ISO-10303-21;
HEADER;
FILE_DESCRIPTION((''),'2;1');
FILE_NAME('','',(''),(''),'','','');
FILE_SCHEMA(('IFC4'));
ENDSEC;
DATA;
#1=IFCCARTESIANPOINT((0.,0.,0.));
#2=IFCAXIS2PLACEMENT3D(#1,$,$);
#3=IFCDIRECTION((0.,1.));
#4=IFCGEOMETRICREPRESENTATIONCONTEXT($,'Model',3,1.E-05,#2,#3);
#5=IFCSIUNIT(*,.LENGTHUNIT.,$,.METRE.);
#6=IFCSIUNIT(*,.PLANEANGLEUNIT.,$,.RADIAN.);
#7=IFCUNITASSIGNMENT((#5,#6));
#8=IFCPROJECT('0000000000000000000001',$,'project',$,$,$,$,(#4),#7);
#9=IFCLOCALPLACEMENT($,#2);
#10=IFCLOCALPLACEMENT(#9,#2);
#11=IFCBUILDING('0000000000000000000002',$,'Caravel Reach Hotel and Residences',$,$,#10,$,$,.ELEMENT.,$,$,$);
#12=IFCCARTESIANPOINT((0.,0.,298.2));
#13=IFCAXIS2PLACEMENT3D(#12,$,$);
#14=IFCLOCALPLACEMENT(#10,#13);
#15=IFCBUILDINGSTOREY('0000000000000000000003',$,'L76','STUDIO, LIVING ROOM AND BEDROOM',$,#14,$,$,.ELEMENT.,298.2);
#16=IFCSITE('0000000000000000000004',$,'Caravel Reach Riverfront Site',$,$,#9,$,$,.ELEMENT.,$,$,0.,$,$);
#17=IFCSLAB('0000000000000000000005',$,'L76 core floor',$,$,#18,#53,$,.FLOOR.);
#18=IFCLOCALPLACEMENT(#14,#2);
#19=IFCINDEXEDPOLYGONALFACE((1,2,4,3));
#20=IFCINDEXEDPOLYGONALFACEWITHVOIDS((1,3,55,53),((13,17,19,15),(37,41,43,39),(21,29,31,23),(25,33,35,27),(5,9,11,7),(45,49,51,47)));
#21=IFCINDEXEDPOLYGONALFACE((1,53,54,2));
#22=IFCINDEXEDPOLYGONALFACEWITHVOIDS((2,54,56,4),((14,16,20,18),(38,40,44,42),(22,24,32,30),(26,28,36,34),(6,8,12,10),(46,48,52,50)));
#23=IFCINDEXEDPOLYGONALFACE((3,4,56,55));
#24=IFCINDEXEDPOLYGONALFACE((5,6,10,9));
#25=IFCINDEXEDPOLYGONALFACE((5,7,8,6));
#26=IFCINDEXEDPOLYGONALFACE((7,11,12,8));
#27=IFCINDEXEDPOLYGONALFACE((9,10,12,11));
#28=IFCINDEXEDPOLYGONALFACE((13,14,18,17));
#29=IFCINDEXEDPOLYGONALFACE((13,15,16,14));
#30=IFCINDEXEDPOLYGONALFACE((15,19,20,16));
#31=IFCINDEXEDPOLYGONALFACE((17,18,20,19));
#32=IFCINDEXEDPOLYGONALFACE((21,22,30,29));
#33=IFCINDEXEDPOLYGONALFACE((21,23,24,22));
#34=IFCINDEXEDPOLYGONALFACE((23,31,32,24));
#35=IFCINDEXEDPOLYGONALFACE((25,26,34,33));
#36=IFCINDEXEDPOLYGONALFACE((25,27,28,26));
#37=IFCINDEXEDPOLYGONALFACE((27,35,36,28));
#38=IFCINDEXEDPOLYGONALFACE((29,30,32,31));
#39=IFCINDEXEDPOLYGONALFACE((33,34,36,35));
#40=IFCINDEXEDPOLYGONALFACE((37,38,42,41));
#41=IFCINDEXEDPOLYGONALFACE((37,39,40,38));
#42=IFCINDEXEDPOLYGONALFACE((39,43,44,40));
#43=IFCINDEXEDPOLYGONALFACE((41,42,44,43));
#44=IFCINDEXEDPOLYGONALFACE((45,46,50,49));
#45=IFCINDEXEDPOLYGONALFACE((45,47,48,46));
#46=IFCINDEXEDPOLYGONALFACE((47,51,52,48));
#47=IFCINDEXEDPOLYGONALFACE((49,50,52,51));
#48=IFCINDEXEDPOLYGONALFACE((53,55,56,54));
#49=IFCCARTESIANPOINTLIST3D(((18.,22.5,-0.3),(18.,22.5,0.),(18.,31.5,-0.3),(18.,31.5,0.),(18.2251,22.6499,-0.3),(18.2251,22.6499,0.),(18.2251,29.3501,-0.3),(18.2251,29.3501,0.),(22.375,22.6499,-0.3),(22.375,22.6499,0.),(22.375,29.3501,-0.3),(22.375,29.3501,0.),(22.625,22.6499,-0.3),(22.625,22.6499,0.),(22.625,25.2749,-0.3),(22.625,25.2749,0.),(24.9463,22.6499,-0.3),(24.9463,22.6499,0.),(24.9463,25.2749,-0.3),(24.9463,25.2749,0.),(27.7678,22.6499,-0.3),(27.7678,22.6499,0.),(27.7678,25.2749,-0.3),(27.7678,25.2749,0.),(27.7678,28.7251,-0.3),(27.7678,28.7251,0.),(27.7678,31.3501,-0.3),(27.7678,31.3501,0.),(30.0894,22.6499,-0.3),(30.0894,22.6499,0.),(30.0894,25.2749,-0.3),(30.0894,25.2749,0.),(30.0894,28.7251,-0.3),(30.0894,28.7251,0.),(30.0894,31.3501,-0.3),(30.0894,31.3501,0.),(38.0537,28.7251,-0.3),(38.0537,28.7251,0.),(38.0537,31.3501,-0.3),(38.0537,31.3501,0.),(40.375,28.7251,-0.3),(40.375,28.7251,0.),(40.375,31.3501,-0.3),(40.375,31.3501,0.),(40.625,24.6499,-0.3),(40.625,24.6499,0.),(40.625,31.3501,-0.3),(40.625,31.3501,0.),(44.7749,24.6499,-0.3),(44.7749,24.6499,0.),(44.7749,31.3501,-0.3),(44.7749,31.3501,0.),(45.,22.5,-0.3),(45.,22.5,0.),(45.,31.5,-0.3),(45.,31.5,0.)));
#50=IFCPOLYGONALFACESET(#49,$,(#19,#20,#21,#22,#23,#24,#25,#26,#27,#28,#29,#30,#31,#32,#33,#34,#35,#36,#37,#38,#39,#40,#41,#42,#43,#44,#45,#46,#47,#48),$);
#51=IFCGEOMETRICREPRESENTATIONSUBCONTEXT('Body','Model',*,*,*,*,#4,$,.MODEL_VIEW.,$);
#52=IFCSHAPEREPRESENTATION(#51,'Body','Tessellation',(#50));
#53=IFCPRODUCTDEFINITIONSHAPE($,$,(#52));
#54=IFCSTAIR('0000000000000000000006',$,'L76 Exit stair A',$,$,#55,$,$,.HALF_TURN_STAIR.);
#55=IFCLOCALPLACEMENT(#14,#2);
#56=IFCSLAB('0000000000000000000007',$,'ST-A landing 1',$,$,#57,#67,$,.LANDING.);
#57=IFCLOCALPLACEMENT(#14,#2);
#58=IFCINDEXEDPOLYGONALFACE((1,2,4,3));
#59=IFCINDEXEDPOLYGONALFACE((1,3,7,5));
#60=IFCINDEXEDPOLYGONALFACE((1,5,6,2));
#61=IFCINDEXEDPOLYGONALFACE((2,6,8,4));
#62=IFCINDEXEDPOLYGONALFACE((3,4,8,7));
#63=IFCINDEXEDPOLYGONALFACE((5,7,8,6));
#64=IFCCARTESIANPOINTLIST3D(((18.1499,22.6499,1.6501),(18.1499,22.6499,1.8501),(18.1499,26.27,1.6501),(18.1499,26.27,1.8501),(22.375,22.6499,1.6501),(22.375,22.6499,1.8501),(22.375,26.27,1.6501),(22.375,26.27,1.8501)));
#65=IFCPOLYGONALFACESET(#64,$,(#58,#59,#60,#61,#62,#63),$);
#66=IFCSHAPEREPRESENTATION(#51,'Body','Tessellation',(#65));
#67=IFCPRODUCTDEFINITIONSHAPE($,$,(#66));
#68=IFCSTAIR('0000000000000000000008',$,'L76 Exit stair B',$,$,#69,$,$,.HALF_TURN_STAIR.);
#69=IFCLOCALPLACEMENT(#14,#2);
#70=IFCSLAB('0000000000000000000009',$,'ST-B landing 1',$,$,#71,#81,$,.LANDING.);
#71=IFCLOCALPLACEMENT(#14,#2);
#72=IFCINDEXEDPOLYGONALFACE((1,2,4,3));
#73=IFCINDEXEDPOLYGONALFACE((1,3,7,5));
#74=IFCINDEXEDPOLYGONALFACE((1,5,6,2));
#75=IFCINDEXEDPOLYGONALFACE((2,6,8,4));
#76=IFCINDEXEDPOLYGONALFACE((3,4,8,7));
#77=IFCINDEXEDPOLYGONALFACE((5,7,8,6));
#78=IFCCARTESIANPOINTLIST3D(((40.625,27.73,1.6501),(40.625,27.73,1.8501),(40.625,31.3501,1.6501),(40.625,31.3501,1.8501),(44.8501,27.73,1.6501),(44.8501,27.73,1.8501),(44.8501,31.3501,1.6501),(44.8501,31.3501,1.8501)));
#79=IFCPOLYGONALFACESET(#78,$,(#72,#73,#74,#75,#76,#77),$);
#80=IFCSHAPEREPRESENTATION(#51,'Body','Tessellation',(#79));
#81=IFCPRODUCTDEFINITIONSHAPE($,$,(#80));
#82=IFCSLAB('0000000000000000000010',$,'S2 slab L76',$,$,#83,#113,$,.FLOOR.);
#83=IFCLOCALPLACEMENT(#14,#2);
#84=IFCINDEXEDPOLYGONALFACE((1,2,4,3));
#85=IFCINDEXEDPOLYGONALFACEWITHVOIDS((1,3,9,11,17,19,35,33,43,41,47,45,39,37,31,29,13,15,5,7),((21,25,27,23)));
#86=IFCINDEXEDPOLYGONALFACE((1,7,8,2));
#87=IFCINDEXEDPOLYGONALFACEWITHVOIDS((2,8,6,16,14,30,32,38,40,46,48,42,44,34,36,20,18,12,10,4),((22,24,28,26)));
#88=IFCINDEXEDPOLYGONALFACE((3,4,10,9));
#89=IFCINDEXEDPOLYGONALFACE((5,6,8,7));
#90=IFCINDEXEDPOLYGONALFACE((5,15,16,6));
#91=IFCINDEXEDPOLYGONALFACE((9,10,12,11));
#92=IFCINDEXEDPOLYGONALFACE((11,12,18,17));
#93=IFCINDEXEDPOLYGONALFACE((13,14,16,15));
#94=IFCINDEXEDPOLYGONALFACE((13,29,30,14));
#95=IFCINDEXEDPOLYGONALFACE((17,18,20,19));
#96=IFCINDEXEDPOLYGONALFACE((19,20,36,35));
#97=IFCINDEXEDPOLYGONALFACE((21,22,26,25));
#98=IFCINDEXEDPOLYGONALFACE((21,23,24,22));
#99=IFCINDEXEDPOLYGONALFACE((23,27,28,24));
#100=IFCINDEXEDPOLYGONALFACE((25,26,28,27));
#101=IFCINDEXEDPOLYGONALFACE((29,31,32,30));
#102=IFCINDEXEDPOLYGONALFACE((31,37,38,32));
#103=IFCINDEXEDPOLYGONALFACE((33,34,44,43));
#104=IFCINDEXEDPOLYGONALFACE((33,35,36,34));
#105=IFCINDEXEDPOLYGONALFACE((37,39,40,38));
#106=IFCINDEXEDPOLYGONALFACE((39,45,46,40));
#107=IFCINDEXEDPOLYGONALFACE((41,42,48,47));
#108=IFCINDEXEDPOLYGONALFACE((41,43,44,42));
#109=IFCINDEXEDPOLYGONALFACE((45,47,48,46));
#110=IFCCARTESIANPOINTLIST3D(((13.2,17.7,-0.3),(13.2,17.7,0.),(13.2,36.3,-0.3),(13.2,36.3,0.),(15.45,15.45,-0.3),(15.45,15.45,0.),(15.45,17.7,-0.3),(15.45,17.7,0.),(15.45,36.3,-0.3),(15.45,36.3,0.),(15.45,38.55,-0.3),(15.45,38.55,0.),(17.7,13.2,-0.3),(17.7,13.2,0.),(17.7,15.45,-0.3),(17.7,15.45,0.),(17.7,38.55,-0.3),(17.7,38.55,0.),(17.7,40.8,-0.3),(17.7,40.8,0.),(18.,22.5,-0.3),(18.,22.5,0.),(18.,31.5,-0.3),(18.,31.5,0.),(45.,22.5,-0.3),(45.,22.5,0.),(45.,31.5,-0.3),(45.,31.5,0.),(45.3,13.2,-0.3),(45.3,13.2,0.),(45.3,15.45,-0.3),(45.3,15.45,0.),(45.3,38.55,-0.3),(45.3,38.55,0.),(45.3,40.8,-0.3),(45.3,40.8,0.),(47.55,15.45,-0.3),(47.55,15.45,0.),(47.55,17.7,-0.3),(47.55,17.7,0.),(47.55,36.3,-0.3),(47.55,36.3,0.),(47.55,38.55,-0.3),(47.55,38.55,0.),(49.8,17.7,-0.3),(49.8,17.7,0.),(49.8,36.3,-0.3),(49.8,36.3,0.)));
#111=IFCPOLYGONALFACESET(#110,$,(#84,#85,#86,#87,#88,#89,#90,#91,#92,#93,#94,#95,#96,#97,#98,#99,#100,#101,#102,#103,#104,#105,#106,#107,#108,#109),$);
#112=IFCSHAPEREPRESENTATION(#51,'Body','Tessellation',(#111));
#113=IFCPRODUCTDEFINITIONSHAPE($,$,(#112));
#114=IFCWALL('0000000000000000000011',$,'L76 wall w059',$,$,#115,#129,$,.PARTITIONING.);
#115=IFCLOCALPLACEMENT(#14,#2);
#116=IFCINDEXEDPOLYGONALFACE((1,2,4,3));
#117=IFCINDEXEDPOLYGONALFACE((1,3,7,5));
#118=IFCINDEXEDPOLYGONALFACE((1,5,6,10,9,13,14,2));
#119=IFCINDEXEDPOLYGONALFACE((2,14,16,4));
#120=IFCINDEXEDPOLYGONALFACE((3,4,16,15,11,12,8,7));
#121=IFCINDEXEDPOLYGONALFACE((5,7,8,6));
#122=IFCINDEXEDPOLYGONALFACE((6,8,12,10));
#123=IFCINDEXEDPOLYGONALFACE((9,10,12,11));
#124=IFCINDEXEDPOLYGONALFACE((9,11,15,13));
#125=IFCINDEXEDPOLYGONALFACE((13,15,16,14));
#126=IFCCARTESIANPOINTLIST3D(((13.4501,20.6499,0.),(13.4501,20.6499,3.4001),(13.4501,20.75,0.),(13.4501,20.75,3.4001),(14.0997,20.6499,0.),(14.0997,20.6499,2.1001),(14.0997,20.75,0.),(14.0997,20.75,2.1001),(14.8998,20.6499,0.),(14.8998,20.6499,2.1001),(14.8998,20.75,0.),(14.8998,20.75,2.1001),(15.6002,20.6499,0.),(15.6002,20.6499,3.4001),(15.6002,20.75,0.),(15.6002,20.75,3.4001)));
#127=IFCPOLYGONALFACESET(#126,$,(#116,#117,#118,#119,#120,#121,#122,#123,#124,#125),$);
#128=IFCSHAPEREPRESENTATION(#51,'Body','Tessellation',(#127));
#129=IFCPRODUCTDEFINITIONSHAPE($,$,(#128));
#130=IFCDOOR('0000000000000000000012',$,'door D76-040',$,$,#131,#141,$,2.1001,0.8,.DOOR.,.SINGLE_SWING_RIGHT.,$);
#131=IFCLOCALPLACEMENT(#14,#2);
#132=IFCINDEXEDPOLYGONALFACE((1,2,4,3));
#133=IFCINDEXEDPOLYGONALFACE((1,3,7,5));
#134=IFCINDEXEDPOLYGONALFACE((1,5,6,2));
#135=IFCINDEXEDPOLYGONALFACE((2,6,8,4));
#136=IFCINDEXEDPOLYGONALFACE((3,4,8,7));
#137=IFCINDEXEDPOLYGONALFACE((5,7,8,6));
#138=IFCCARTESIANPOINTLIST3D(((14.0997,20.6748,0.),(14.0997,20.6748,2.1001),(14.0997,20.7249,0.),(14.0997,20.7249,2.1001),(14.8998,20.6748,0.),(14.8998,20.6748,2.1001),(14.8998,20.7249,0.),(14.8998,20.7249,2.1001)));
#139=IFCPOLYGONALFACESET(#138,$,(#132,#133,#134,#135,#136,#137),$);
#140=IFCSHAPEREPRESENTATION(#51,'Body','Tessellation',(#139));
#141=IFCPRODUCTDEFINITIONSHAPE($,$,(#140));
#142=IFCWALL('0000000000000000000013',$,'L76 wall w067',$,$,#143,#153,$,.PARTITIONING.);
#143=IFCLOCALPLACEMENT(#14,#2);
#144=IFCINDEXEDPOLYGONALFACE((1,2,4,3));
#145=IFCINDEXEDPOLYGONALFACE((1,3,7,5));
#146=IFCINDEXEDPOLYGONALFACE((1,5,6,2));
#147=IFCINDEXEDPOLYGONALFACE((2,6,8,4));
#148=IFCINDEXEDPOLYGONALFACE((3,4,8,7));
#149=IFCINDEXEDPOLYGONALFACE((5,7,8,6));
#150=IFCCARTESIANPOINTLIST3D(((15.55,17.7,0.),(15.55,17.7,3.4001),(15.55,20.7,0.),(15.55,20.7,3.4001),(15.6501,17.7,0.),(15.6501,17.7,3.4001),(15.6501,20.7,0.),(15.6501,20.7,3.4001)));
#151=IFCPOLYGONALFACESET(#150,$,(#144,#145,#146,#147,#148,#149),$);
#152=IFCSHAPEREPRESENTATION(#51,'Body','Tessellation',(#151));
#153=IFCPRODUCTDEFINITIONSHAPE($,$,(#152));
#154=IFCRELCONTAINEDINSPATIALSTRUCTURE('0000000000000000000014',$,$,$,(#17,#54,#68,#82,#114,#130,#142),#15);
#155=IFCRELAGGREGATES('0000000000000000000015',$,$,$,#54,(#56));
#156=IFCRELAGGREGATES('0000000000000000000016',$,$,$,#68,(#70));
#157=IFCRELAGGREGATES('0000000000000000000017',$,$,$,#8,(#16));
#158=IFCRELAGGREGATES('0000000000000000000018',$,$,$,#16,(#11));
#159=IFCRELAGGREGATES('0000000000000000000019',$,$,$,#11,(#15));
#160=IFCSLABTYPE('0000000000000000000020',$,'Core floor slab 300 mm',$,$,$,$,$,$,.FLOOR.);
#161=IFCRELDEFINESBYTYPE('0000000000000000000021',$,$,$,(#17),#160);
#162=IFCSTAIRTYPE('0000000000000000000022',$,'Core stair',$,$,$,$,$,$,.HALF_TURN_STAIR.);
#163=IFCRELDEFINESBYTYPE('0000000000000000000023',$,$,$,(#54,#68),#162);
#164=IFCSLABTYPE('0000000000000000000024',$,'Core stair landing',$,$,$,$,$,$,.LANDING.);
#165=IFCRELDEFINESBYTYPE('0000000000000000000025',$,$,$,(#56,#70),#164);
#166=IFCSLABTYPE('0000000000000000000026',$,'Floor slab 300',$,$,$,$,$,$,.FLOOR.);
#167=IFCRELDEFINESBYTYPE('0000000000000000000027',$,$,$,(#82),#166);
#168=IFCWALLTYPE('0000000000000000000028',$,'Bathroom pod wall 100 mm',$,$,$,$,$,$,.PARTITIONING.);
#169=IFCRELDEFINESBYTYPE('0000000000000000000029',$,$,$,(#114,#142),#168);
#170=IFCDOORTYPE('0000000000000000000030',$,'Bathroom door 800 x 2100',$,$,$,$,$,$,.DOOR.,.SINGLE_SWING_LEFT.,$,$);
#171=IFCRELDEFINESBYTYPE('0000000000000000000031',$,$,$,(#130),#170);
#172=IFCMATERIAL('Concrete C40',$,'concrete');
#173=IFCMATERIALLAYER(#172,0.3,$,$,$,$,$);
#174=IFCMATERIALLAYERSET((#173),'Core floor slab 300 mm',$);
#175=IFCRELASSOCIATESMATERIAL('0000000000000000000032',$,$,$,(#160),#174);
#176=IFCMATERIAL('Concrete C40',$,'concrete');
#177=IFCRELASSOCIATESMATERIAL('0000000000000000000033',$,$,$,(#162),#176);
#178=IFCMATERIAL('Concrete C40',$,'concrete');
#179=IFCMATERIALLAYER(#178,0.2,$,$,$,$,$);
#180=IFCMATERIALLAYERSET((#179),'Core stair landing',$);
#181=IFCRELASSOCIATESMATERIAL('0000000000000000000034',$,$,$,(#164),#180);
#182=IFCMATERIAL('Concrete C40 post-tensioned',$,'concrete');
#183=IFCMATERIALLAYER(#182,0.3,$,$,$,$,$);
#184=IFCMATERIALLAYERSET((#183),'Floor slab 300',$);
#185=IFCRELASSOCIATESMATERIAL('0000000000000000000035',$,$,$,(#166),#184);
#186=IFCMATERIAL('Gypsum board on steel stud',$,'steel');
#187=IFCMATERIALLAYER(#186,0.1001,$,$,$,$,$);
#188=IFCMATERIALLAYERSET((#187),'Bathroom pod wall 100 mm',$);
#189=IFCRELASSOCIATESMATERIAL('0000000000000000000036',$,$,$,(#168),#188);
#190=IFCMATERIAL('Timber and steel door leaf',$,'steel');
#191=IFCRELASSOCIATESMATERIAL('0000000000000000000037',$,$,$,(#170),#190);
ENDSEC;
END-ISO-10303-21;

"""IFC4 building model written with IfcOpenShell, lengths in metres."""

from ifc_helpers import new_model, si_unit, direction, frame, frame_2d, origin, place, context, subcontext, project, spatial, polyline, rectangle, outline, extrude, material, layer, layer_set, type_object, element, fill, aggregate, save


model = new_model("IFC4")

# Units and contexts
model_context = context("Model", 3, precision=1e-05, world=origin(), true_north=direction((0.0, 1.0)))
body_context = subcontext(model_context, "Body", "Model", "MODEL_VIEW")
ifc_project = project(units=[si_unit("LENGTHUNIT", "METRE"), si_unit("PLANEANGLEUNIT", "RADIAN")], contexts=[model_context])

# Site, building, storey
site_placement = place(None, origin())
site = spatial("IfcSite", under=ifc_project, at=site_placement, Name="Caravel Reach Riverfront Site", CompositionType="ELEMENT", RefElevation=0.0)
building_placement = place(site_placement, origin())
building = spatial("IfcBuilding", under=site, at=building_placement, Name="Caravel Reach Hotel and Residences", CompositionType="ELEMENT")
storey_placement = place(building_placement, frame((0.0, 0.0, 298.2)))
storey = spatial("IfcBuildingStorey", under=building, at=storey_placement, Name="L76", Description="STUDIO, LIVING ROOM AND BEDROOM", CompositionType="ELEMENT", Elevation=298.2)

# Slab
ifc_material_1 = material(Name="Concrete C40", Category="concrete")
ifc_layer_1 = layer(ifc_material_1, 0.3)
ifc_layer_set_1 = layer_set([ifc_layer_1], Name="Core floor slab 300 mm")
slab_type_1 = type_object("IfcSlabType", Name="Core floor slab 300 mm", PredefinedType="FLOOR", material=ifc_layer_set_1)
slab_1_placement = place(storey_placement, frame((0.0, 0.0, -0.3)))
element("IfcSlab", 1, at=slab_1_placement, inside=storey, type_object=slab_type_1, Name="L76 core floor", PredefinedType="FLOOR", context=body_context, shape_type="SweptSolid", body=[
    extrude(outline(polyline([(18.0, 31.5), (45.0, 31.5), (45.0, 22.5), (18.0, 22.5), (18.0, 31.5)]), holes=[polyline([(22.625, 22.6499), (24.9463, 22.6499), (24.9463, 25.2749), (22.625, 25.2749), (22.625, 22.6499)]), polyline([(27.7678, 25.2749), (27.7678, 22.6499), (30.0894, 22.6499), (30.0894, 25.2749), (27.7678, 25.2749)]), polyline([(22.375, 22.6499), (22.375, 29.3501), (18.2251, 29.3501), (18.2251, 22.6499), (22.375, 22.6499)]), polyline([(40.625, 24.6499), (44.7749, 24.6499), (44.7749, 31.3501), (40.625, 31.3501), (40.625, 24.6499)]), polyline([(27.7678, 31.3501), (27.7678, 28.7251), (30.0894, 28.7251), (30.0894, 31.3501), (27.7678, 31.3501)]), polyline([(38.0537, 31.3501), (38.0537, 28.7251), (40.375, 28.7251), (40.375, 31.3501), (38.0537, 31.3501)])]), origin(), (0.0, 0.0, 1.0), 0.3),
])

# Stairs, slabs
ifc_material_2 = material(Name="Concrete C40", Category="concrete")
stair_type = type_object("IfcStairType", Name="Core stair", PredefinedType="HALF_TURN_STAIR", material=ifc_material_2)
stair_1_placement = place(storey_placement, origin())
stair_1 = element("IfcStair", 2, at=stair_1_placement, inside=storey, type_object=stair_type, Name="L76 Exit stair A", PredefinedType="HALF_TURN_STAIR")
ifc_material_3 = material(Name="Concrete C40", Category="concrete")
ifc_layer_2 = layer(ifc_material_3, 0.2)
ifc_layer_set_2 = layer_set([ifc_layer_2], Name="Core stair landing")
slab_type_2 = type_object("IfcSlabType", Name="Core stair landing", PredefinedType="LANDING", material=ifc_layer_set_2)
slab_2_placement = place(storey_placement, frame((0.0, 0.0, 1.6501)))
slab_2 = element("IfcSlab", 3, at=slab_2_placement, type_object=slab_type_2, Name="ST-A landing 1", PredefinedType="LANDING", context=body_context, shape_type="SweptSolid", body=[
    extrude(outline(polyline([(18.1499, 26.27), (18.1499, 22.6499), (22.375, 22.6499), (22.375, 26.27), (18.1499, 26.27)])), origin(), (0.0, 0.0, 1.0), 0.2),
])
aggregate(stair_1, [slab_2])
stair_2_placement = place(storey_placement, origin())
stair_2 = element("IfcStair", 4, at=stair_2_placement, inside=storey, type_object=stair_type, Name="L76 Exit stair B", PredefinedType="HALF_TURN_STAIR")
slab_3_placement = place(storey_placement, frame((0.0, 0.0, 1.6501)))
slab_3 = element("IfcSlab", 5, at=slab_3_placement, type_object=slab_type_2, Name="ST-B landing 1", PredefinedType="LANDING", context=body_context, shape_type="SweptSolid", body=[
    extrude(outline(polyline([(44.8501, 27.73), (44.8501, 31.3501), (40.625, 31.3501), (40.625, 27.73), (44.8501, 27.73)])), origin(), (0.0, 0.0, 1.0), 0.2),
])
aggregate(stair_2, [slab_3])

# Slab
ifc_material_4 = material(Name="Concrete C40 post-tensioned", Category="concrete")
ifc_layer_3 = layer(ifc_material_4, 0.3)
ifc_layer_set_3 = layer_set([ifc_layer_3], Name="Floor slab 300")
slab_type_3 = type_object("IfcSlabType", Name="Floor slab 300", PredefinedType="FLOOR", material=ifc_layer_set_3)
slab_4_placement = place(storey_placement, frame((0.0, 0.0, -0.3)))
element("IfcSlab", 6, at=slab_4_placement, inside=storey, type_object=slab_type_3, Name="S2 slab L76", PredefinedType="FLOOR", context=body_context, shape_type="SweptSolid", body=[
    extrude(outline(polyline([(17.7, 15.45), (15.45, 15.45), (15.45, 17.7), (13.2, 17.7), (13.2, 36.3), (15.45, 36.3), (15.45, 38.55), (17.7, 38.55), (17.7, 40.8), (45.3, 40.8), (45.3, 38.55), (47.55, 38.55), (47.55, 36.3), (49.8, 36.3), (49.8, 17.7), (47.55, 17.7), (47.55, 15.45), (45.3, 15.45), (45.3, 13.2), (17.7, 13.2), (17.7, 15.45)]), holes=[polyline([(45.0, 31.5), (18.0, 31.5), (18.0, 22.5), (45.0, 22.5), (45.0, 31.5)])]), origin(), (0.0, 0.0, 1.0), 0.3),
])

# Wall, opening, door
ifc_material_5 = material(Name="Gypsum board on steel stud", Category="steel")
ifc_layer_4 = layer(ifc_material_5, 0.1001)
ifc_layer_set_4 = layer_set([ifc_layer_4], Name="Bathroom pod wall 100 mm")
wall_type_1 = type_object("IfcWallType", Name="Bathroom pod wall 100 mm", PredefinedType="PARTITIONING", material=ifc_layer_set_4)
wall_1_placement = place(storey_placement, frame((13.45, 20.7, 0.0), z_axis=(0.0, 0.0, 1.0), x_axis=(1.0, 0.0, 0.0)))
wall_1 = element("IfcWall", 7, at=wall_1_placement, inside=storey, type_object=wall_type_1, Name="L76 wall w059", PredefinedType="PARTITIONING", context=body_context, shape_type="SweptSolid", body=[
    extrude(rectangle(XDim=2.1501, YDim=0.1001, at=frame_2d((1.0752, 0.0))), origin(), (0.0, 0.0, 1.0), 3.4001),
])
opening_1_placement = place(wall_1_placement, frame((0.6499, 0.0, 0.0)))
opening_1 = element("IfcOpeningElement", 8, at=opening_1_placement, cuts=wall_1, PredefinedType="OPENING", context=body_context, shape_type="SweptSolid", body=[
    extrude(rectangle(XDim=0.8, YDim=2.1001, at=frame_2d((0.3999, 1.05))), frame((0.0, 0.0601, 0.0), z_axis=(0.0, -1.0, 0.0), x_axis=(1.0, 0.0, 0.0)), (0.0, 0.0, 1.0), 0.1201),
])
ifc_material_6 = material(Name="Timber and steel door leaf", Category="steel")
door_type = type_object("IfcDoorType", Name="Bathroom door 800 x 2100", OperationType="SINGLE_SWING_LEFT", PredefinedType="DOOR", material=ifc_material_6)
door_placement = place(opening_1_placement, origin())
door = element("IfcDoor", 9, at=door_placement, inside=storey, type_object=door_type, Name="door D76-040", OperationType="SINGLE_SWING_RIGHT", OverallHeight=2.1001, OverallWidth=0.8, PredefinedType="DOOR", context=body_context, shape_type="SweptSolid", body=[
    extrude(rectangle(XDim=0.8, YDim=2.1001, at=frame_2d((0.3999, 1.05))), frame((0.0, 0.0249, 0.0), z_axis=(0.0, -1.0, 0.0), x_axis=(1.0, 0.0, 0.0)), (0.0, 0.0, 1.0), 0.05),
])
fill(opening_1, door)

# Wall
wall_2_placement = place(storey_placement, frame((15.6001, 17.7, 0.0), z_axis=(0.0, 0.0, 1.0), x_axis=(0.0, 1.0, 0.0)))
element("IfcWall", 10, at=wall_2_placement, inside=storey, type_object=wall_type_1, Name="L76 wall w067", PredefinedType="PARTITIONING", context=body_context, shape_type="SweptSolid", body=[
    extrude(rectangle(XDim=3.0, YDim=0.1001, at=frame_2d((1.5, 0.0))), origin(), (0.0, 0.0, 1.0), 3.4001),
])

save(model, "model.ifc")
